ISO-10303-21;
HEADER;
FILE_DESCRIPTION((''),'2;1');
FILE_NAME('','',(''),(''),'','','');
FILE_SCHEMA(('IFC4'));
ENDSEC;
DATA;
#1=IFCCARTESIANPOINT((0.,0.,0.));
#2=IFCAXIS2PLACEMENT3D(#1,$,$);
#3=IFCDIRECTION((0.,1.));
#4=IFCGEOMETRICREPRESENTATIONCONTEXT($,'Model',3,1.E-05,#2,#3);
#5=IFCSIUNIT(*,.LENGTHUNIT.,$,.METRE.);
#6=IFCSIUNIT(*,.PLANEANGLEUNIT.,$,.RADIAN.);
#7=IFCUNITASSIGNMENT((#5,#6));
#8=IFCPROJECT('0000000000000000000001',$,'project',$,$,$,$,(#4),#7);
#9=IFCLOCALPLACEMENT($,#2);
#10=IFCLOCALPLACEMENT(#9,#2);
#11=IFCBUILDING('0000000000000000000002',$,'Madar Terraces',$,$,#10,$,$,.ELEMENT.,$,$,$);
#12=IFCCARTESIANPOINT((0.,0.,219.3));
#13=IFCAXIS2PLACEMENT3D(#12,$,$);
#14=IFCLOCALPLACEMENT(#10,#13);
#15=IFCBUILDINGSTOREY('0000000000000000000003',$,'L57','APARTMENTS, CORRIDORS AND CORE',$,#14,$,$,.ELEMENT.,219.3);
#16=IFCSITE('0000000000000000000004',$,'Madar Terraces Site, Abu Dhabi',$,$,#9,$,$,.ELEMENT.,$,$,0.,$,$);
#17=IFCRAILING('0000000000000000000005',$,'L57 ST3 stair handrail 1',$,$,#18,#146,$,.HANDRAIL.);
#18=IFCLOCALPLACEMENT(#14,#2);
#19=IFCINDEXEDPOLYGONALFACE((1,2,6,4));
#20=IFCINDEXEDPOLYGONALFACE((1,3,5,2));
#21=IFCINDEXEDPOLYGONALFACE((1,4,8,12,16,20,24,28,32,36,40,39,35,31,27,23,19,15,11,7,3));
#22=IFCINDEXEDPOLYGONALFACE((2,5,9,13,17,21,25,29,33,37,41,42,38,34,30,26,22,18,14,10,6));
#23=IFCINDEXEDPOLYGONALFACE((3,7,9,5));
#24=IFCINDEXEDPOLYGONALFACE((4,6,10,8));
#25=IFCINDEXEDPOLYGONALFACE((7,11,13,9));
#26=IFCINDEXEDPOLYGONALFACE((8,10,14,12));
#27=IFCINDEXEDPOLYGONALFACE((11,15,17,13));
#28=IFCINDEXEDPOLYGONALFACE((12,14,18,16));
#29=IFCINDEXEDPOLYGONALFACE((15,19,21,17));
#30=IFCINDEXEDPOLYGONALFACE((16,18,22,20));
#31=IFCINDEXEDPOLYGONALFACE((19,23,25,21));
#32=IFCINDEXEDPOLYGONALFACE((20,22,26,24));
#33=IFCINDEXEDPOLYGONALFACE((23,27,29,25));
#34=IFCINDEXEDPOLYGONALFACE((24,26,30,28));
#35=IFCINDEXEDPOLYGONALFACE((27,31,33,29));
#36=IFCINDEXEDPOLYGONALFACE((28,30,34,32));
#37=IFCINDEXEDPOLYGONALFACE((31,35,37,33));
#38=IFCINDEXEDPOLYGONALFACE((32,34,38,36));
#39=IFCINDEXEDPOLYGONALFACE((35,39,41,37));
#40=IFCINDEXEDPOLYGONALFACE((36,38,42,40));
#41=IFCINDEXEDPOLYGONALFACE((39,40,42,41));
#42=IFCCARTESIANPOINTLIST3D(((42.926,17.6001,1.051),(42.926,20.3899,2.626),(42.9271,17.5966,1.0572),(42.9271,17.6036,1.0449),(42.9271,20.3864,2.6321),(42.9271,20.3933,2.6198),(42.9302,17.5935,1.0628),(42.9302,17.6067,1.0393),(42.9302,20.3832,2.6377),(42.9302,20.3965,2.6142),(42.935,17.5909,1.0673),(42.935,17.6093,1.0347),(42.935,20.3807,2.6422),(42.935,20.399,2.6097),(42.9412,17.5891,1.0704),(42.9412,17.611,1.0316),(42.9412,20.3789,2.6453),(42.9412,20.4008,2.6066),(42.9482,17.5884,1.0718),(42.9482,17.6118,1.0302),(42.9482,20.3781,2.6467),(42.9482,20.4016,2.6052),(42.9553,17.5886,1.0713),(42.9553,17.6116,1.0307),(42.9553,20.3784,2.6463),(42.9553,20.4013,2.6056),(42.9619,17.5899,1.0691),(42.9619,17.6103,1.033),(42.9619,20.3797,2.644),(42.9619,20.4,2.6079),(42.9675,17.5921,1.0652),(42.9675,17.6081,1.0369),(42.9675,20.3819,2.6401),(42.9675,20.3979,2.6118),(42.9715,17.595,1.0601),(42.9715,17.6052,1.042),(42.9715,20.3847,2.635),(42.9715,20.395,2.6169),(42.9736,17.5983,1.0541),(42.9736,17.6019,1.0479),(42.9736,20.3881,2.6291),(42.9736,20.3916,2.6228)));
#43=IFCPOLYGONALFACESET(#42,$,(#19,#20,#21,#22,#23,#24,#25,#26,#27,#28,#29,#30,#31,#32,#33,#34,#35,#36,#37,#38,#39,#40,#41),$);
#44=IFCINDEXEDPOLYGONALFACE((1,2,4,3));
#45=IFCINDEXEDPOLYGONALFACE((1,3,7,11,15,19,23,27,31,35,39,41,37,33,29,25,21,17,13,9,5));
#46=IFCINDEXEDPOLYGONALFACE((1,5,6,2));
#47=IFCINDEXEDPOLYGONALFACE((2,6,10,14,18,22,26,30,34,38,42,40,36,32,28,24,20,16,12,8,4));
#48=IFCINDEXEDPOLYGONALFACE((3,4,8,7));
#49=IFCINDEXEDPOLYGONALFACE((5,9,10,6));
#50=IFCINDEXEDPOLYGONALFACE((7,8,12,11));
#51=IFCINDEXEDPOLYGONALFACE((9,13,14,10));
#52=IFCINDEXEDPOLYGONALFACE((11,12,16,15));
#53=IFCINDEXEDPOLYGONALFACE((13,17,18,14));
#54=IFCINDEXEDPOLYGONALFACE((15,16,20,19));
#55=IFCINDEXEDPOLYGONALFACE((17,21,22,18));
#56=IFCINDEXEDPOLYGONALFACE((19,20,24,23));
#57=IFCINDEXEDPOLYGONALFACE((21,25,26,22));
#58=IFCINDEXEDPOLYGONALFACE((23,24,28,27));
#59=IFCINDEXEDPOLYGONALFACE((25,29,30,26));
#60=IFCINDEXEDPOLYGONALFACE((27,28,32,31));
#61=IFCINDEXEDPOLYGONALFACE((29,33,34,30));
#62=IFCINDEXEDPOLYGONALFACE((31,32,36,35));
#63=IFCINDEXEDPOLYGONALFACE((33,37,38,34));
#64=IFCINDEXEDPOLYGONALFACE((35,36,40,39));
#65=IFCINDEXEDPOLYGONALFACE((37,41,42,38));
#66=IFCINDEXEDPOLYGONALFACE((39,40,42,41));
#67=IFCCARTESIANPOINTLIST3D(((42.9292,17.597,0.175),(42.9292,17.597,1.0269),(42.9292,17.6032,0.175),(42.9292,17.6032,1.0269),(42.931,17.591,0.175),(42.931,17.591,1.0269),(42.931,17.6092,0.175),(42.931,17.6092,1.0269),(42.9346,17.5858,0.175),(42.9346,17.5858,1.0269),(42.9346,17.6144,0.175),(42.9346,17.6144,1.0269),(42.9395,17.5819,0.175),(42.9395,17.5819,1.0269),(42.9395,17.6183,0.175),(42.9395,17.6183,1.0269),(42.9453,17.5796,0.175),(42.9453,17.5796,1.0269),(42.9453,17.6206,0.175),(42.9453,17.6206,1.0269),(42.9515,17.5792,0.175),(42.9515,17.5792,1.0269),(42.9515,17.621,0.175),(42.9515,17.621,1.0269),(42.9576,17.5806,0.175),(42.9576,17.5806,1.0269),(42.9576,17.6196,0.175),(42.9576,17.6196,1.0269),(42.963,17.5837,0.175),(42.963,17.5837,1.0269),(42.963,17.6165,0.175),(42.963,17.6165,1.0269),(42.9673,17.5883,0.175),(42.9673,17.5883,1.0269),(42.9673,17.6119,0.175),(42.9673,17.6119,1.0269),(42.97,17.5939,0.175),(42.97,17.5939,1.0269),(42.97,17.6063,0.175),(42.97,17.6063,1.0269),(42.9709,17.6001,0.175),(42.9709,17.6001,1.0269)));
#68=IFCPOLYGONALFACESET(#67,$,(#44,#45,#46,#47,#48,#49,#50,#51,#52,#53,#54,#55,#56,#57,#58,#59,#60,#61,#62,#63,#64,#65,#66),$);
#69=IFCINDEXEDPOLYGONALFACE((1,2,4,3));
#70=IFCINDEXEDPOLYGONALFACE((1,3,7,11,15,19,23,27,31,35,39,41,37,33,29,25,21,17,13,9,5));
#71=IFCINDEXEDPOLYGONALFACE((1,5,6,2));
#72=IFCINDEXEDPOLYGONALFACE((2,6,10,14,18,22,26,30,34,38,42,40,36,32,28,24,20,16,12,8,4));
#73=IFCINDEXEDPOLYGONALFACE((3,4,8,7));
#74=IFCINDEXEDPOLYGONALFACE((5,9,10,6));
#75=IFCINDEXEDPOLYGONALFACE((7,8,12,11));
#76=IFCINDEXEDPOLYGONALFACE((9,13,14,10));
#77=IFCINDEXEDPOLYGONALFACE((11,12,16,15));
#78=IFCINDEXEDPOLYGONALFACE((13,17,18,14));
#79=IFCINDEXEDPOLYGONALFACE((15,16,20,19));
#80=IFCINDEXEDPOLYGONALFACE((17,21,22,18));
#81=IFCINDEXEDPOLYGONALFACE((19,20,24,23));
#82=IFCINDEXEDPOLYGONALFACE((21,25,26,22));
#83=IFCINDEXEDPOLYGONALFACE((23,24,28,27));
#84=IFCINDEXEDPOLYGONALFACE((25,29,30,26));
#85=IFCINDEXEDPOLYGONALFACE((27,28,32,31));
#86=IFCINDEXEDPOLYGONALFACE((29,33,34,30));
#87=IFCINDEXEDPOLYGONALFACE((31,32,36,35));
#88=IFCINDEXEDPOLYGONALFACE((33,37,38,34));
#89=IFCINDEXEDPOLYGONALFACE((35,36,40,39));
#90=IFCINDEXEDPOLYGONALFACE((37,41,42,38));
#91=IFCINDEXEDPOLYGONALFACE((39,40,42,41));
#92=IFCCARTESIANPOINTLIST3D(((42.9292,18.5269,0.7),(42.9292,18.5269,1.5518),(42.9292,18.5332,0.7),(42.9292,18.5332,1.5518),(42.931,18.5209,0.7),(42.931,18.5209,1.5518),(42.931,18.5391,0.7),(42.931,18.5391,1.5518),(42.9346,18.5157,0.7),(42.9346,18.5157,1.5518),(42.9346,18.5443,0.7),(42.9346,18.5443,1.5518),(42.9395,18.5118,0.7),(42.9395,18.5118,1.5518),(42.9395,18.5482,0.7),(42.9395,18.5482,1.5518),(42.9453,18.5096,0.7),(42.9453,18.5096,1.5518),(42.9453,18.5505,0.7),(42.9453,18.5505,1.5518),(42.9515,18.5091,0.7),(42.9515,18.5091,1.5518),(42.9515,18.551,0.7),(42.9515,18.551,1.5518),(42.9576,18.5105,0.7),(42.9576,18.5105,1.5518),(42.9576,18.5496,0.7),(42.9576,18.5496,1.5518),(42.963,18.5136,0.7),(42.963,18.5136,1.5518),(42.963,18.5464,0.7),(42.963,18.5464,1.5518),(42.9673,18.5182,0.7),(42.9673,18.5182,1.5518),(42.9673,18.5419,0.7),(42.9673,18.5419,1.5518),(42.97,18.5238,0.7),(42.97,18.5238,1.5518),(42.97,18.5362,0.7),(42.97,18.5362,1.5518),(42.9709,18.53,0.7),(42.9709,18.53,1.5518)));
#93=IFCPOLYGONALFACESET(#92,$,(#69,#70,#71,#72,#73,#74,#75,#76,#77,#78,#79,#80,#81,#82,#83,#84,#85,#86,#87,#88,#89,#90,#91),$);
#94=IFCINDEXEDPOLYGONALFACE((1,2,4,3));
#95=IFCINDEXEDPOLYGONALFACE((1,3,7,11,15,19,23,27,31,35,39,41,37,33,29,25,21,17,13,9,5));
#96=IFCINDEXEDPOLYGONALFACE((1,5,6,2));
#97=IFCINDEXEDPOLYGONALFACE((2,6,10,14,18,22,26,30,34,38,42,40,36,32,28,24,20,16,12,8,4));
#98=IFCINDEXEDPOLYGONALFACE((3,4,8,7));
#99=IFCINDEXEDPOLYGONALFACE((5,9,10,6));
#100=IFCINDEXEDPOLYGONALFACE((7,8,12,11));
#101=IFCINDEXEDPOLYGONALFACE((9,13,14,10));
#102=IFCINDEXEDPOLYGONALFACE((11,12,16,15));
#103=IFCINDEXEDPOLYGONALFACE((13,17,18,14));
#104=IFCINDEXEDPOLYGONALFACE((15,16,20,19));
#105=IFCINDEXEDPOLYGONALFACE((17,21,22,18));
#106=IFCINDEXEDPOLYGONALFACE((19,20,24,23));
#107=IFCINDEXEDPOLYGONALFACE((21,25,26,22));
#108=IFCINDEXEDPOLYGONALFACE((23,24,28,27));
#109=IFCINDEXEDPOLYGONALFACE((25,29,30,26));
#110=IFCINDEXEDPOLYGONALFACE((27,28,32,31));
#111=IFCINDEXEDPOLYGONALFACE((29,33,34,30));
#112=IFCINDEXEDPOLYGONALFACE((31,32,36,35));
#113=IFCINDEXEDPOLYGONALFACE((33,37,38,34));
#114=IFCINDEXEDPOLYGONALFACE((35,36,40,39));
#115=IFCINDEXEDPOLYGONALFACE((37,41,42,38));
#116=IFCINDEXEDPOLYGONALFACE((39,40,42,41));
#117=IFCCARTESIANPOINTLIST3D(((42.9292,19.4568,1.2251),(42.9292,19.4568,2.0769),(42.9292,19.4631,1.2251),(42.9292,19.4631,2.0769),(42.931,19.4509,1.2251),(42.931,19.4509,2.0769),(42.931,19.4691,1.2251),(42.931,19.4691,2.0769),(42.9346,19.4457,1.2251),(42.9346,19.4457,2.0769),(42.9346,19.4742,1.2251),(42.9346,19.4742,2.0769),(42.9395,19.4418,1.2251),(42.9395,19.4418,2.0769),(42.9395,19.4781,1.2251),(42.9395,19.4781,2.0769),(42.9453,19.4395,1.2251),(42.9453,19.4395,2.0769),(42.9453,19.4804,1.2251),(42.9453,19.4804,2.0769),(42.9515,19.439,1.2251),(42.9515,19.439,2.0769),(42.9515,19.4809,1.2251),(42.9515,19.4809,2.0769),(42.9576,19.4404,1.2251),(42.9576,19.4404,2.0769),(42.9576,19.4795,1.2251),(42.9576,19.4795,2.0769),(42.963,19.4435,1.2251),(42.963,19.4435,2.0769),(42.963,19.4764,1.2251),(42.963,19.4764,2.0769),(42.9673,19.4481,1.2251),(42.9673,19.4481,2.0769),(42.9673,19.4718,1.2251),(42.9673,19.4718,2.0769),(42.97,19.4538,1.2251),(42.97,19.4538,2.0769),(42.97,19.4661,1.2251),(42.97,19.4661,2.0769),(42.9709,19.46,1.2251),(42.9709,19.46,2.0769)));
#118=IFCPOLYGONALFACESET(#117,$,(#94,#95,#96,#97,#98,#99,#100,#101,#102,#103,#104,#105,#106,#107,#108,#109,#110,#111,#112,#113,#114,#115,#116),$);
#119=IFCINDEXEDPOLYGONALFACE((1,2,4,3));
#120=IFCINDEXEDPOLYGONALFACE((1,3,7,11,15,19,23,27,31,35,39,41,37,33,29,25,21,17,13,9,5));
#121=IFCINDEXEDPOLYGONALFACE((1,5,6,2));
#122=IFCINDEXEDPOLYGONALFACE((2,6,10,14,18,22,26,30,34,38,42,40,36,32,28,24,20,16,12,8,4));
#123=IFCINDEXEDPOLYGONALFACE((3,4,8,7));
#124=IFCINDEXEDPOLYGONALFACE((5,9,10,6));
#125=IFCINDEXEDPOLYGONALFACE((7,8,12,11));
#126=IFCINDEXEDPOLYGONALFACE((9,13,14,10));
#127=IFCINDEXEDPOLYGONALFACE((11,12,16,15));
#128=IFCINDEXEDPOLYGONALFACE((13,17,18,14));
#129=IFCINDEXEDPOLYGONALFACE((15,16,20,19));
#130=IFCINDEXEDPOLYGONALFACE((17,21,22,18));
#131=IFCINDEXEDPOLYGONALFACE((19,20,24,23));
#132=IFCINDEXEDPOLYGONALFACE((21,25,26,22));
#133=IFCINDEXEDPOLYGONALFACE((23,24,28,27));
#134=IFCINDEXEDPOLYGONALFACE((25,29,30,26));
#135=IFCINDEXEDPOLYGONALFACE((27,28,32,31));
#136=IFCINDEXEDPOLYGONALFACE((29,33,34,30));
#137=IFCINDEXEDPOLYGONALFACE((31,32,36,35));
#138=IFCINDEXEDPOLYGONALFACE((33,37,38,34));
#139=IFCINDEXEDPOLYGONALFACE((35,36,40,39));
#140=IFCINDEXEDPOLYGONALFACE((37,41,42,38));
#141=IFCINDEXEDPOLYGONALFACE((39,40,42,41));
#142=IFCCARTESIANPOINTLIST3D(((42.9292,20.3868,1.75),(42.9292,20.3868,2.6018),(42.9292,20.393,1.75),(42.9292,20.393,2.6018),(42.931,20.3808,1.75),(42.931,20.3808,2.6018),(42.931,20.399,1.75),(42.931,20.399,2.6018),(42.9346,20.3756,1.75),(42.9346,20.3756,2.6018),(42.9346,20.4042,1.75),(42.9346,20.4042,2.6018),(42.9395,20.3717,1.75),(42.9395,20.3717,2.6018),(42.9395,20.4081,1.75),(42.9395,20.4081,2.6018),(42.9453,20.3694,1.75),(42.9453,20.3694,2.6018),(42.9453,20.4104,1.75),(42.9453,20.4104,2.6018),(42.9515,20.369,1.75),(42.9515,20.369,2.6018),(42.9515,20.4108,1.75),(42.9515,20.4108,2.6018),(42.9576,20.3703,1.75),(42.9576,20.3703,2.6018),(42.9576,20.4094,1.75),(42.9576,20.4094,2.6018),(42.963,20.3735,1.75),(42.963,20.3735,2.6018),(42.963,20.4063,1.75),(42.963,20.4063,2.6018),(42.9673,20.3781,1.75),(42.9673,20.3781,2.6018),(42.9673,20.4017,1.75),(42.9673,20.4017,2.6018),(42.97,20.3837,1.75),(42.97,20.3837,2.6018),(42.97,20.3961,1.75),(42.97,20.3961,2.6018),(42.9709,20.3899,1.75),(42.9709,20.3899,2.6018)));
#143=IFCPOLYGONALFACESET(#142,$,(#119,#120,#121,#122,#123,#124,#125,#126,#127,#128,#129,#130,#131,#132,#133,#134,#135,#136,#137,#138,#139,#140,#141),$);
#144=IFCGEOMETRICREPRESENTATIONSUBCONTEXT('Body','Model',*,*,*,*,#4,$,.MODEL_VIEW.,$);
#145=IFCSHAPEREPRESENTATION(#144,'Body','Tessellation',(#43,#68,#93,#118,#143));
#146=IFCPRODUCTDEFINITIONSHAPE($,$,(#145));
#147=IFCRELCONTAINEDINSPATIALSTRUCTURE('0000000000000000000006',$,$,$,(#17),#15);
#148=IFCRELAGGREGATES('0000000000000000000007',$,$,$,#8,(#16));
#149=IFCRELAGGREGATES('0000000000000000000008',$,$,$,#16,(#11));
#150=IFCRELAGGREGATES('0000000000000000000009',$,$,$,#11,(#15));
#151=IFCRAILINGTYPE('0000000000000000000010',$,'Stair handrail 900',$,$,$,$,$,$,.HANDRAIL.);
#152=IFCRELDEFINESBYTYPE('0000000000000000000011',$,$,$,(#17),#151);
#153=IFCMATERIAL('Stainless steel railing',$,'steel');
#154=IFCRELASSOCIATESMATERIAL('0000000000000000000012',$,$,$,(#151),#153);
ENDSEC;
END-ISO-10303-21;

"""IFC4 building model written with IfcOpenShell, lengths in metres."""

from ifc_helpers import new_model, si_unit, direction, frame, origin, origin_2d, place, context, subcontext, project, spatial, circle, extrude, material, type_object, element, save


model = new_model("IFC4")

# Units and contexts
model_context = context("Model", 3, precision=1e-05, world=origin(), true_north=direction((0.0, 1.0)))
body_context = subcontext(model_context, "Body", "Model", "MODEL_VIEW")
ifc_project = project(units=[si_unit("LENGTHUNIT", "METRE"), si_unit("PLANEANGLEUNIT", "RADIAN")], contexts=[model_context])

# Site, building, storey
site_placement = place(None, origin())
site = spatial("IfcSite", under=ifc_project, at=site_placement, Name="Madar Terraces Site, Abu Dhabi", CompositionType="ELEMENT", RefElevation=0.0)
building_placement = place(site_placement, origin())
building = spatial("IfcBuilding", under=site, at=building_placement, Name="Madar Terraces", CompositionType="ELEMENT")
storey_placement = place(building_placement, frame((0.0, 0.0, 219.3)))
storey = spatial("IfcBuildingStorey", under=building, at=storey_placement, Name="L57", Description="APARTMENTS, CORRIDORS AND CORE", CompositionType="ELEMENT", Elevation=219.3)

# Railing
ifc_material_1 = material(Name="Stainless steel railing", Category="steel")
railing_type_1 = type_object("IfcRailingType", Name="Stair handrail 900", PredefinedType="HANDRAIL", material=ifc_material_1)
railing_1_placement = place(storey_placement, frame((42.95, 17.6001, 0.175)))
element("IfcRailing", 1, at=railing_1_placement, inside=storey, type_object=railing_type_1, Name="L57 ST3 stair handrail 1", PredefinedType="HANDRAIL", context=body_context, shape_type="SweptSolid", body=[
    extrude(circle(Radius=0.0239, at=origin_2d()), frame((0.0, 0.0, 0.876), z_axis=(0.0, 0.870815, 0.49161), x_axis=(-1.0, 0.0, 0.0)), (0.0, 0.0, 1.0), 3.2036),
    extrude(circle(Radius=0.021, at=origin_2d()), origin(), (0.0, 0.0, 1.0), 0.8518),
    extrude(circle(Radius=0.021, at=origin_2d()), frame((0.0, 0.9299, 0.5249)), (0.0, 0.0, 1.0), 0.8518),
    extrude(circle(Radius=0.021, at=origin_2d()), frame((0.0, 1.8599, 1.05)), (0.0, 0.0, 1.0), 0.8518),
    extrude(circle(Radius=0.021, at=origin_2d()), frame((0.0, 2.7898, 1.575)), (0.0, 0.0, 1.0), 0.8518),
])

save(model, "model.ifc")
